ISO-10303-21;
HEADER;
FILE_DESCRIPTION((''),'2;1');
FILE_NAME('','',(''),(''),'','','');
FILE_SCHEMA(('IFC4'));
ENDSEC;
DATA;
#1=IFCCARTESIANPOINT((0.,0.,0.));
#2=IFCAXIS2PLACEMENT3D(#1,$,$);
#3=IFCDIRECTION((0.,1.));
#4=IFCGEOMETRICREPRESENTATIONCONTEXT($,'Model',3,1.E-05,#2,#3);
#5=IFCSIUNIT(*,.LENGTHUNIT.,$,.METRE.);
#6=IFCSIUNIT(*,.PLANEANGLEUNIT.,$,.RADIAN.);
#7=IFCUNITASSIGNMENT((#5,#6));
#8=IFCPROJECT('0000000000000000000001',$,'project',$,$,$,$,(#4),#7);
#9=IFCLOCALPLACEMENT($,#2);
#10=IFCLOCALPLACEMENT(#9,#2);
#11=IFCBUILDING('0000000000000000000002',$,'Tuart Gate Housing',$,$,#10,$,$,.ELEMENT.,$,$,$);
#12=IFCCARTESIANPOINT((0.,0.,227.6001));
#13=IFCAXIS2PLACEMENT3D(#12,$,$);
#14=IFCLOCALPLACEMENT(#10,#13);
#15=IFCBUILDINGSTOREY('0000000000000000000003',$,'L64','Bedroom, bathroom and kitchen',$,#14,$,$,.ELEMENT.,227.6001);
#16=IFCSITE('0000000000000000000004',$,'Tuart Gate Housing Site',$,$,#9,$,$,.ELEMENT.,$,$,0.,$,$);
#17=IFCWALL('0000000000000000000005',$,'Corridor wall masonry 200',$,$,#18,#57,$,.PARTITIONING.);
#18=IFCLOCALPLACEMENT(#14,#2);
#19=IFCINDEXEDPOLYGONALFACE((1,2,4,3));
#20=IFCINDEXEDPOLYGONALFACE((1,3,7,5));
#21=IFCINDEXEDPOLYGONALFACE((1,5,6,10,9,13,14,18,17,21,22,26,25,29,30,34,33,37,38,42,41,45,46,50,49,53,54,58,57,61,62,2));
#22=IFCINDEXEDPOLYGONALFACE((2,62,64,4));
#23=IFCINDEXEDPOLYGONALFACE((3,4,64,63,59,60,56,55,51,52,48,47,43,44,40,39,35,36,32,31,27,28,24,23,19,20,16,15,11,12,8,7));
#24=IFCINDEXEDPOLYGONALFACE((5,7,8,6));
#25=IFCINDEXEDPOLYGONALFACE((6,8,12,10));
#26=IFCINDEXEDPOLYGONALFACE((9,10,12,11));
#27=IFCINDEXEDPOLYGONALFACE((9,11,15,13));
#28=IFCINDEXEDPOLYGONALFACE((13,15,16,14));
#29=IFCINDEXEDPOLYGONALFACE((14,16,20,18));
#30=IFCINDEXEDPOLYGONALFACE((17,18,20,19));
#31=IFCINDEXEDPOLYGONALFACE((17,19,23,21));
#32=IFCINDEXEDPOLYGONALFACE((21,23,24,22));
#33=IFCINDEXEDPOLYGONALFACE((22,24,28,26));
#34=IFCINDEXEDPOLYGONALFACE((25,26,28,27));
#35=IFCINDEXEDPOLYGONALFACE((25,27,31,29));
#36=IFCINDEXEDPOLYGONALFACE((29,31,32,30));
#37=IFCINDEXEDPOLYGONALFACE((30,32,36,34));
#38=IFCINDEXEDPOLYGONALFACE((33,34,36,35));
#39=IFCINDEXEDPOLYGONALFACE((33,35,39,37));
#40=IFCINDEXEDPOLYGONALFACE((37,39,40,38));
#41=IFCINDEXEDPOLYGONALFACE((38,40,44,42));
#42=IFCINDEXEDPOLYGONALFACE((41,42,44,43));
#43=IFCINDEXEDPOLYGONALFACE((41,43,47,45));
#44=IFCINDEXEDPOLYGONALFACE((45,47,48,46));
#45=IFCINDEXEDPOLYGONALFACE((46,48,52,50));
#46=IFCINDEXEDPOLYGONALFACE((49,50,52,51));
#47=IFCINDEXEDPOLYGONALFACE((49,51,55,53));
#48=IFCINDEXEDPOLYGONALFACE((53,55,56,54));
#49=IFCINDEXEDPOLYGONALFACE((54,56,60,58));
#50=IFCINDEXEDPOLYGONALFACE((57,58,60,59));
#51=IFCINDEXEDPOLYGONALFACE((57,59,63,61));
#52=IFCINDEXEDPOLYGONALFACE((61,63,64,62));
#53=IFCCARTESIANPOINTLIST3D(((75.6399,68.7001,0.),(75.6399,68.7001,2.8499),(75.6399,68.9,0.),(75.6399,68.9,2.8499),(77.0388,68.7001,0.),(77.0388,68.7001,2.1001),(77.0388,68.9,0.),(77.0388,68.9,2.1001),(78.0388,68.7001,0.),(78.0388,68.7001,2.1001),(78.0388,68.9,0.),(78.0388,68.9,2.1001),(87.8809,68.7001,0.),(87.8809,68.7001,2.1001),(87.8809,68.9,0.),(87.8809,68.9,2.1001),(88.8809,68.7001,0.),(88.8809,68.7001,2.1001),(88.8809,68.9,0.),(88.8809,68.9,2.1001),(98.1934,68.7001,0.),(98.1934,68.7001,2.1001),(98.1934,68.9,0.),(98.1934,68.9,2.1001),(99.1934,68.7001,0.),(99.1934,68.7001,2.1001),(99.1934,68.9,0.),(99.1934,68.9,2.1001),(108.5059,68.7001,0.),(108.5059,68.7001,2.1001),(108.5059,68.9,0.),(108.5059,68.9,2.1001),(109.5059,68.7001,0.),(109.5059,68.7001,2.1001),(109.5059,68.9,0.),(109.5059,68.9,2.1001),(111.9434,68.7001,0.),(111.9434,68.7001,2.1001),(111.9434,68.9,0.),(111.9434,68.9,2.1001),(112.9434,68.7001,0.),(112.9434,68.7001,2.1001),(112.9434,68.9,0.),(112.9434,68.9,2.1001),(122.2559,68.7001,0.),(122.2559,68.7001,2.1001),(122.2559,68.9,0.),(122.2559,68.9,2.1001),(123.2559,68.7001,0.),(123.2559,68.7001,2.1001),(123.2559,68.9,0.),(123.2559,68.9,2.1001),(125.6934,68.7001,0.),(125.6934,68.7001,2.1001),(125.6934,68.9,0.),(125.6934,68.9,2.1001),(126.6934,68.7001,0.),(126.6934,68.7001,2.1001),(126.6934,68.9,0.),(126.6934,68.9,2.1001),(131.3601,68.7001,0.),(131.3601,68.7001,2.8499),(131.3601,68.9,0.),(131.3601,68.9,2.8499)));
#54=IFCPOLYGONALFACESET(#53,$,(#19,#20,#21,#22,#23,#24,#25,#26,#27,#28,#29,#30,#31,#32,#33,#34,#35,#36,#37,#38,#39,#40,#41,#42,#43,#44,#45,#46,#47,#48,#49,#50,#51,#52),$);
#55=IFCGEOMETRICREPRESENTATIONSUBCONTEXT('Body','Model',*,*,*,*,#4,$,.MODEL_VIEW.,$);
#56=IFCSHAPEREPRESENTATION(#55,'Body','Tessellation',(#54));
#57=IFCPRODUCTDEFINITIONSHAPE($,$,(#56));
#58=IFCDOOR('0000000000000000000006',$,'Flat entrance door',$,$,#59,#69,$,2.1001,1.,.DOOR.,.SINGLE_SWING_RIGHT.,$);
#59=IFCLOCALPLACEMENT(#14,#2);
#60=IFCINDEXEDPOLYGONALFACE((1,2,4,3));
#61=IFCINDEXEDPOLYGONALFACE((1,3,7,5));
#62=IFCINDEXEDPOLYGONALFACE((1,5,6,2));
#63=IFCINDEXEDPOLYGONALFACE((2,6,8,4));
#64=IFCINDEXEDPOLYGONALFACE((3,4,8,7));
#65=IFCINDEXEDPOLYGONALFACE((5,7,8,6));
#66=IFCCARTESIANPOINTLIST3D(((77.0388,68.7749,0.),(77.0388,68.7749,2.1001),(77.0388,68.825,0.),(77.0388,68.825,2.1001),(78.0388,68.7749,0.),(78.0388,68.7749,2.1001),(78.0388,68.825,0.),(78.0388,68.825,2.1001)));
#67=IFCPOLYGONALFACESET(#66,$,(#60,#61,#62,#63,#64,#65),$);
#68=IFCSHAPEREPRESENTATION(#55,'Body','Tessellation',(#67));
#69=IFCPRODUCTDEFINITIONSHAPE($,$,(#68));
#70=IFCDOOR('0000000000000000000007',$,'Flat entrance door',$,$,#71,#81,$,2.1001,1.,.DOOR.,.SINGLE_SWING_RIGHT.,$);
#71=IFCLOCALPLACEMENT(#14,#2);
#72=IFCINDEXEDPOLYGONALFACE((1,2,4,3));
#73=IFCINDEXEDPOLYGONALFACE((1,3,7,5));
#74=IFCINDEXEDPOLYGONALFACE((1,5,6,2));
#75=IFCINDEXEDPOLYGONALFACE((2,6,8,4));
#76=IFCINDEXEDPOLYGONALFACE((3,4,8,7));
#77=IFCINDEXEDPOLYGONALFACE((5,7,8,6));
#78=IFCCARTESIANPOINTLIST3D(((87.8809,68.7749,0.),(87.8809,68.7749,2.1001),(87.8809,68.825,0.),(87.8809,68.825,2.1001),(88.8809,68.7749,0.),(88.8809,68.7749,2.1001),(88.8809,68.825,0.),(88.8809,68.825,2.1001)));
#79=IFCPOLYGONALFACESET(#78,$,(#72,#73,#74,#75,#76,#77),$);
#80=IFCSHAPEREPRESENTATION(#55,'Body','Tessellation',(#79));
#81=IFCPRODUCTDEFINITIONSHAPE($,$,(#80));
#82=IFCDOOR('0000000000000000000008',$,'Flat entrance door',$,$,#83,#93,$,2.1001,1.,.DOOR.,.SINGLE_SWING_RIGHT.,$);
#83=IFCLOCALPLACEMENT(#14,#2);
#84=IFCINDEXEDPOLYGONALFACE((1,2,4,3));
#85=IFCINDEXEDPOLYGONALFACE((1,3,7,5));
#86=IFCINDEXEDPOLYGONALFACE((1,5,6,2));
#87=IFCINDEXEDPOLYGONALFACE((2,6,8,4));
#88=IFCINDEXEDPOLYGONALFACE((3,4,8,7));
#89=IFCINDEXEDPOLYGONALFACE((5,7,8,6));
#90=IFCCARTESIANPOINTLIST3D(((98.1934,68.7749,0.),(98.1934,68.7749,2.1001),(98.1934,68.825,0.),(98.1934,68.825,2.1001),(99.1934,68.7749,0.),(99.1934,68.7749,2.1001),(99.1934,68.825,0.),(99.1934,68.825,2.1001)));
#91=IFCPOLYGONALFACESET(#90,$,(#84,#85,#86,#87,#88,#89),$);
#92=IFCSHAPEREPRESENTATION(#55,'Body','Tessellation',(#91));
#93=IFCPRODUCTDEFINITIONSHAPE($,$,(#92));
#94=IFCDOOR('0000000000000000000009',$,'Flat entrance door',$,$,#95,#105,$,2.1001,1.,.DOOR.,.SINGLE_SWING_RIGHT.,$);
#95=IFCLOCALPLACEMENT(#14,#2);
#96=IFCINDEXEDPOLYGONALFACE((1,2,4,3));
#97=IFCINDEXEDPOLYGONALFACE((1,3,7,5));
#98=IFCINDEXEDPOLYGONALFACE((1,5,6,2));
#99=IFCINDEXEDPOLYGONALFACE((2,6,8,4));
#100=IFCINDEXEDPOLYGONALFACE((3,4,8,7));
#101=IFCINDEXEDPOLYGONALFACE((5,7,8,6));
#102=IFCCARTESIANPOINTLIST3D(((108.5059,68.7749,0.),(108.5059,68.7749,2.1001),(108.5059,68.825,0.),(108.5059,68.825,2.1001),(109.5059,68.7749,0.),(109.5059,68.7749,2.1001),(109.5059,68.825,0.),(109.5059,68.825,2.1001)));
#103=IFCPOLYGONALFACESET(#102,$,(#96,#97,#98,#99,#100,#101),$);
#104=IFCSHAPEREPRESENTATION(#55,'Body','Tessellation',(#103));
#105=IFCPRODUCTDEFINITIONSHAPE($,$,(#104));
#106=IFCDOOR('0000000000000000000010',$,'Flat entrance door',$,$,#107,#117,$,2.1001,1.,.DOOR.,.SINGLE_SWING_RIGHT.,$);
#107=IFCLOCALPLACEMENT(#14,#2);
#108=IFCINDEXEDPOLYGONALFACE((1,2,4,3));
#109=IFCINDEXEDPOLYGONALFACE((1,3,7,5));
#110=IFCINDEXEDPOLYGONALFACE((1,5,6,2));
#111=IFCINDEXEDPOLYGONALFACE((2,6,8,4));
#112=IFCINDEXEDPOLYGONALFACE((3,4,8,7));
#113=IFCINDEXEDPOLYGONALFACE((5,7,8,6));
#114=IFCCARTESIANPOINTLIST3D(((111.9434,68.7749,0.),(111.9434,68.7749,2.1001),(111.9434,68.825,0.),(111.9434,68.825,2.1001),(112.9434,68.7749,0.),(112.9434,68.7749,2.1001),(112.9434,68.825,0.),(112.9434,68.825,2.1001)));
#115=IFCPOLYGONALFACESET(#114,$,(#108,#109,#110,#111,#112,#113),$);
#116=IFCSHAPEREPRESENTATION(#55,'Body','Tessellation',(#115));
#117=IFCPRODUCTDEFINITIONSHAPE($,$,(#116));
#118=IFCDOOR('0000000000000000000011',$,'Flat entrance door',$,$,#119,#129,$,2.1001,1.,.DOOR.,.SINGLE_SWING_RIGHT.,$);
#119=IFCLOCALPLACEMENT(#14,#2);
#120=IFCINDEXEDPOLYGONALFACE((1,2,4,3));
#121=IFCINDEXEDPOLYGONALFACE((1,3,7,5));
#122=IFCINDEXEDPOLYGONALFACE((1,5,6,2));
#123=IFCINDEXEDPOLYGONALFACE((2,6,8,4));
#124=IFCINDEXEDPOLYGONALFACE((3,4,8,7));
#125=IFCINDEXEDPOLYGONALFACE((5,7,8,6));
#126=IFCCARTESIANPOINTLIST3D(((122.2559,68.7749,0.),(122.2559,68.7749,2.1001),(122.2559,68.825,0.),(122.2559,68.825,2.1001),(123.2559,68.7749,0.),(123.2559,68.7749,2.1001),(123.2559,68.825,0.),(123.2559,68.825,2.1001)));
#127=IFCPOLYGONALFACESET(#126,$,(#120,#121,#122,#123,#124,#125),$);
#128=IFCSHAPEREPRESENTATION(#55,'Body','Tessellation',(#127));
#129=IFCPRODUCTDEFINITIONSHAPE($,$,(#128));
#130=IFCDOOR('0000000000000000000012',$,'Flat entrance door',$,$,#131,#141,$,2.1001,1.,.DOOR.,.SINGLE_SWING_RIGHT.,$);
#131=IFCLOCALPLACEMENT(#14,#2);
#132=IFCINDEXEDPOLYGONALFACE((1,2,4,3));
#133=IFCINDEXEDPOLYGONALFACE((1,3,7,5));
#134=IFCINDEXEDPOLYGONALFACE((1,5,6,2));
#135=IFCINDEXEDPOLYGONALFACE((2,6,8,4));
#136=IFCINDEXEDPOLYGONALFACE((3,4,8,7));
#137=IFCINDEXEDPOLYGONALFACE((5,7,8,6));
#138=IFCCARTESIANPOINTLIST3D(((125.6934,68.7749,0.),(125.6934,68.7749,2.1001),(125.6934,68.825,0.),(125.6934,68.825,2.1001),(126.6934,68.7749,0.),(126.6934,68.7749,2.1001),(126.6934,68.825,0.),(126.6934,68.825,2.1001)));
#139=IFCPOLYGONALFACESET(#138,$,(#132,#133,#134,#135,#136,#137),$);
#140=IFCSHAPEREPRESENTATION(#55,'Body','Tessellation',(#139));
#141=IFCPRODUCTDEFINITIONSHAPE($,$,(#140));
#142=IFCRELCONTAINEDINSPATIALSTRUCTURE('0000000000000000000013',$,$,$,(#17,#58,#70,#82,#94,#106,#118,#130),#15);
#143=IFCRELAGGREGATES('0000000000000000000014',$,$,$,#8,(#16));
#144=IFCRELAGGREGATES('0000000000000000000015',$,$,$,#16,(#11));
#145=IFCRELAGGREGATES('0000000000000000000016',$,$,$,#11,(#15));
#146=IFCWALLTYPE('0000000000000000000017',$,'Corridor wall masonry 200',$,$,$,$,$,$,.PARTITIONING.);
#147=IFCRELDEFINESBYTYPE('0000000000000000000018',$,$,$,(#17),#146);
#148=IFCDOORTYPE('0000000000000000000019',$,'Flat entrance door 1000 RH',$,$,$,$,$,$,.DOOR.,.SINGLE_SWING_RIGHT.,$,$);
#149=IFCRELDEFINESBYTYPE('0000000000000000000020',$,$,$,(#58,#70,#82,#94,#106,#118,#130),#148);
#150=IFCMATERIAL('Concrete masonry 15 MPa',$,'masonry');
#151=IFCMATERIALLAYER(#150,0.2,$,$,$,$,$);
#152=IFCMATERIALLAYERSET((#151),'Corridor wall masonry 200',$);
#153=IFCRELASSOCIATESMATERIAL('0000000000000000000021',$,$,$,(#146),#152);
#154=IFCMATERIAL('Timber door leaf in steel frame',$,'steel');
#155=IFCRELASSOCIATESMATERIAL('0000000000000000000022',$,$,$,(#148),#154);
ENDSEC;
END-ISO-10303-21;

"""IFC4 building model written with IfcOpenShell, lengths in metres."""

from ifc_helpers import new_model, si_unit, direction, frame, frame_2d, origin, place, context, subcontext, project, spatial, rectangle, extrude, material, layer, layer_set, type_object, element, fill, save


model = new_model("IFC4")

# Units and contexts
model_context = context("Model", 3, precision=1e-05, world=origin(), true_north=direction((0.0, 1.0)))
body_context = subcontext(model_context, "Body", "Model", "MODEL_VIEW")
ifc_project = project(units=[si_unit("LENGTHUNIT", "METRE"), si_unit("PLANEANGLEUNIT", "RADIAN")], contexts=[model_context])

# Site, building, storey
site_placement = place(None, origin())
site = spatial("IfcSite", under=ifc_project, at=site_placement, Name="Tuart Gate Housing Site", CompositionType="ELEMENT", RefElevation=0.0)
building_placement = place(site_placement, origin())
building = spatial("IfcBuilding", under=site, at=building_placement, Name="Tuart Gate Housing", CompositionType="ELEMENT")
storey_placement = place(building_placement, frame((0.0, 0.0, 227.6001)))
storey = spatial("IfcBuildingStorey", under=building, at=storey_placement, Name="L64", Description="Bedroom, bathroom and kitchen", CompositionType="ELEMENT", Elevation=227.6001)

# Wall, openings, doors
ifc_material_1 = material(Name="Concrete masonry 15 MPa", Category="masonry")
ifc_layer_1 = layer(ifc_material_1, 0.2)
ifc_layer_set_1 = layer_set([ifc_layer_1], Name="Corridor wall masonry 200")
wall_type_1 = type_object("IfcWallType", Name="Corridor wall masonry 200", PredefinedType="PARTITIONING", material=ifc_layer_set_1)
wall_1_placement = place(storey_placement, frame((75.6399, 68.8, 0.0), z_axis=(0.0, 0.0, 1.0), x_axis=(1.0, 0.0, 0.0)))
wall_1 = element("IfcWall", 1, at=wall_1_placement, inside=storey, type_object=wall_type_1, Name="Corridor wall masonry 200", PredefinedType="PARTITIONING", context=body_context, shape_type="SweptSolid", body=[
    extrude(rectangle(XDim=55.7202, YDim=0.2, at=frame_2d((27.8601, 0.0))), origin(), (0.0, 0.0, 1.0), 2.8499),
])
opening_1_placement = place(wall_1_placement, frame((1.3989, 0.0, 0.0)))
opening_1 = element("IfcOpeningElement", 2, at=opening_1_placement, cuts=wall_1, PredefinedType="OPENING", context=body_context, shape_type="SweptSolid", body=[
    extrude(rectangle(XDim=1.0, YDim=2.1001, at=frame_2d((0.5, 1.05))), frame((0.0, 0.1099, 0.0), z_axis=(0.0, -1.0, 0.0), x_axis=(1.0, 0.0, 0.0)), (0.0, 0.0, 1.0), 0.22),
])
opening_2_placement = place(wall_1_placement, frame((12.241, 0.0, 0.0)))
opening_2 = element("IfcOpeningElement", 3, at=opening_2_placement, cuts=wall_1, PredefinedType="OPENING", context=body_context, shape_type="SweptSolid", body=[
    extrude(rectangle(XDim=1.0, YDim=2.1001, at=frame_2d((0.5, 1.05))), frame((0.0, 0.1099, 0.0), z_axis=(0.0, -1.0, 0.0), x_axis=(1.0, 0.0, 0.0)), (0.0, 0.0, 1.0), 0.22),
])
opening_3_placement = place(wall_1_placement, frame((22.5535, 0.0, 0.0)))
opening_3 = element("IfcOpeningElement", 4, at=opening_3_placement, cuts=wall_1, PredefinedType="OPENING", context=body_context, shape_type="SweptSolid", body=[
    extrude(rectangle(XDim=1.0, YDim=2.1001, at=frame_2d((0.5, 1.05))), frame((0.0, 0.1099, 0.0), z_axis=(0.0, -1.0, 0.0), x_axis=(1.0, 0.0, 0.0)), (0.0, 0.0, 1.0), 0.22),
])
opening_4_placement = place(wall_1_placement, frame((32.866, 0.0, 0.0)))
opening_4 = element("IfcOpeningElement", 5, at=opening_4_placement, cuts=wall_1, PredefinedType="OPENING", context=body_context, shape_type="SweptSolid", body=[
    extrude(rectangle(XDim=1.0, YDim=2.1001, at=frame_2d((0.5, 1.05))), frame((0.0, 0.1099, 0.0), z_axis=(0.0, -1.0, 0.0), x_axis=(1.0, 0.0, 0.0)), (0.0, 0.0, 1.0), 0.22),
])
opening_5_placement = place(wall_1_placement, frame((36.3035, 0.0, 0.0)))
opening_5 = element("IfcOpeningElement", 6, at=opening_5_placement, cuts=wall_1, PredefinedType="OPENING", context=body_context, shape_type="SweptSolid", body=[
    extrude(rectangle(XDim=1.0, YDim=2.1001, at=frame_2d((0.5, 1.05))), frame((0.0, 0.1099, 0.0), z_axis=(0.0, -1.0, 0.0), x_axis=(1.0, 0.0, 0.0)), (0.0, 0.0, 1.0), 0.22),
])
opening_6_placement = place(wall_1_placement, frame((46.616, 0.0, 0.0)))
opening_6 = element("IfcOpeningElement", 7, at=opening_6_placement, cuts=wall_1, PredefinedType="OPENING", context=body_context, shape_type="SweptSolid", body=[
    extrude(rectangle(XDim=1.0, YDim=2.1001, at=frame_2d((0.5, 1.05))), frame((0.0, 0.1099, 0.0), z_axis=(0.0, -1.0, 0.0), x_axis=(1.0, 0.0, 0.0)), (0.0, 0.0, 1.0), 0.22),
])
opening_7_placement = place(wall_1_placement, frame((50.0535, 0.0, 0.0)))
opening_7 = element("IfcOpeningElement", 8, at=opening_7_placement, cuts=wall_1, PredefinedType="OPENING", context=body_context, shape_type="SweptSolid", body=[
    extrude(rectangle(XDim=1.0, YDim=2.1001, at=frame_2d((0.5, 1.05))), frame((0.0, 0.1099, 0.0), z_axis=(0.0, -1.0, 0.0), x_axis=(1.0, 0.0, 0.0)), (0.0, 0.0, 1.0), 0.22),
])
ifc_material_2 = material(Name="Timber door leaf in steel frame", Category="steel")
door_type_1 = type_object("IfcDoorType", Name="Flat entrance door 1000 RH", OperationType="SINGLE_SWING_RIGHT", PredefinedType="DOOR", material=ifc_material_2)
door_1_placement = place(opening_1_placement, frame((1.0, 0.0, 0.0), z_axis=(0.0, 0.0, 1.0), x_axis=(-1.0, 0.0, 0.0)))
door_1 = element("IfcDoor", 9, at=door_1_placement, inside=storey, type_object=door_type_1, Name="Flat entrance door", OperationType="SINGLE_SWING_RIGHT", OverallHeight=2.1001, OverallWidth=1.0, PredefinedType="DOOR", context=body_context, shape_type="SweptSolid", body=[
    extrude(rectangle(XDim=1.0, YDim=2.1001, at=frame_2d((0.5, 1.05))), frame((0.0, 0.0251, 0.0), z_axis=(0.0, -1.0, 0.0), x_axis=(1.0, 0.0, 0.0)), (0.0, 0.0, 1.0), 0.05),
])
fill(opening_1, door_1)
door_2_placement = place(opening_2_placement, frame((1.0, 0.0, 0.0), z_axis=(0.0, 0.0, 1.0), x_axis=(-1.0, 0.0, 0.0)))
door_2 = element("IfcDoor", 10, at=door_2_placement, inside=storey, type_object=door_type_1, Name="Flat entrance door", OperationType="SINGLE_SWING_RIGHT", OverallHeight=2.1001, OverallWidth=1.0, PredefinedType="DOOR", context=body_context, shape_type="SweptSolid", body=[
    extrude(rectangle(XDim=1.0, YDim=2.1001, at=frame_2d((0.5, 1.05))), frame((0.0, 0.0251, 0.0), z_axis=(0.0, -1.0, 0.0), x_axis=(1.0, 0.0, 0.0)), (0.0, 0.0, 1.0), 0.05),
])
fill(opening_2, door_2)
door_3_placement = place(opening_3_placement, frame((1.0, 0.0, 0.0), z_axis=(0.0, 0.0, 1.0), x_axis=(-1.0, 0.0, 0.0)))
door_3 = element("IfcDoor", 11, at=door_3_placement, inside=storey, type_object=door_type_1, Name="Flat entrance door", OperationType="SINGLE_SWING_RIGHT", OverallHeight=2.1001, OverallWidth=1.0, PredefinedType="DOOR", context=body_context, shape_type="SweptSolid", body=[
    extrude(rectangle(XDim=1.0, YDim=2.1001, at=frame_2d((0.5, 1.05))), frame((0.0, 0.0251, 0.0), z_axis=(0.0, -1.0, 0.0), x_axis=(1.0, 0.0, 0.0)), (0.0, 0.0, 1.0), 0.05),
])
fill(opening_3, door_3)
door_4_placement = place(opening_4_placement, frame((1.0, 0.0, 0.0), z_axis=(0.0, 0.0, 1.0), x_axis=(-1.0, 0.0, 0.0)))
door_4 = element("IfcDoor", 12, at=door_4_placement, inside=storey, type_object=door_type_1, Name="Flat entrance door", OperationType="SINGLE_SWING_RIGHT", OverallHeight=2.1001, OverallWidth=1.0, PredefinedType="DOOR", context=body_context, shape_type="SweptSolid", body=[
    extrude(rectangle(XDim=1.0, YDim=2.1001, at=frame_2d((0.5, 1.05))), frame((0.0, 0.0251, 0.0), z_axis=(0.0, -1.0, 0.0), x_axis=(1.0, 0.0, 0.0)), (0.0, 0.0, 1.0), 0.05),
])
fill(opening_4, door_4)
door_5_placement = place(opening_5_placement, frame((1.0, 0.0, 0.0), z_axis=(0.0, 0.0, 1.0), x_axis=(-1.0, 0.0, 0.0)))
door_5 = element("IfcDoor", 13, at=door_5_placement, inside=storey, type_object=door_type_1, Name="Flat entrance door", OperationType="SINGLE_SWING_RIGHT", OverallHeight=2.1001, OverallWidth=1.0, PredefinedType="DOOR", context=body_context, shape_type="SweptSolid", body=[
    extrude(rectangle(XDim=1.0, YDim=2.1001, at=frame_2d((0.5, 1.05))), frame((0.0, 0.0251, 0.0), z_axis=(0.0, -1.0, 0.0), x_axis=(1.0, 0.0, 0.0)), (0.0, 0.0, 1.0), 0.05),
])
fill(opening_5, door_5)
door_6_placement = place(opening_6_placement, frame((1.0, 0.0, 0.0), z_axis=(0.0, 0.0, 1.0), x_axis=(-1.0, 0.0, 0.0)))
door_6 = element("IfcDoor", 14, at=door_6_placement, inside=storey, type_object=door_type_1, Name="Flat entrance door", OperationType="SINGLE_SWING_RIGHT", OverallHeight=2.1001, OverallWidth=1.0, PredefinedType="DOOR", context=body_context, shape_type="SweptSolid", body=[
    extrude(rectangle(XDim=1.0, YDim=2.1001, at=frame_2d((0.5, 1.05))), frame((0.0, 0.0251, 0.0), z_axis=(0.0, -1.0, 0.0), x_axis=(1.0, 0.0, 0.0)), (0.0, 0.0, 1.0), 0.05),
])
fill(opening_6, door_6)
door_7_placement = place(opening_7_placement, frame((1.0, 0.0, 0.0), z_axis=(0.0, 0.0, 1.0), x_axis=(-1.0, 0.0, 0.0)))
door_7 = element("IfcDoor", 15, at=door_7_placement, inside=storey, type_object=door_type_1, Name="Flat entrance door", OperationType="SINGLE_SWING_RIGHT", OverallHeight=2.1001, OverallWidth=1.0, PredefinedType="DOOR", context=body_context, shape_type="SweptSolid", body=[
    extrude(rectangle(XDim=1.0, YDim=2.1001, at=frame_2d((0.5, 1.05))), frame((0.0, 0.0251, 0.0), z_axis=(0.0, -1.0, 0.0), x_axis=(1.0, 0.0, 0.0)), (0.0, 0.0, 1.0), 0.05),
])
fill(opening_7, door_7)

save(model, "model.ifc")
